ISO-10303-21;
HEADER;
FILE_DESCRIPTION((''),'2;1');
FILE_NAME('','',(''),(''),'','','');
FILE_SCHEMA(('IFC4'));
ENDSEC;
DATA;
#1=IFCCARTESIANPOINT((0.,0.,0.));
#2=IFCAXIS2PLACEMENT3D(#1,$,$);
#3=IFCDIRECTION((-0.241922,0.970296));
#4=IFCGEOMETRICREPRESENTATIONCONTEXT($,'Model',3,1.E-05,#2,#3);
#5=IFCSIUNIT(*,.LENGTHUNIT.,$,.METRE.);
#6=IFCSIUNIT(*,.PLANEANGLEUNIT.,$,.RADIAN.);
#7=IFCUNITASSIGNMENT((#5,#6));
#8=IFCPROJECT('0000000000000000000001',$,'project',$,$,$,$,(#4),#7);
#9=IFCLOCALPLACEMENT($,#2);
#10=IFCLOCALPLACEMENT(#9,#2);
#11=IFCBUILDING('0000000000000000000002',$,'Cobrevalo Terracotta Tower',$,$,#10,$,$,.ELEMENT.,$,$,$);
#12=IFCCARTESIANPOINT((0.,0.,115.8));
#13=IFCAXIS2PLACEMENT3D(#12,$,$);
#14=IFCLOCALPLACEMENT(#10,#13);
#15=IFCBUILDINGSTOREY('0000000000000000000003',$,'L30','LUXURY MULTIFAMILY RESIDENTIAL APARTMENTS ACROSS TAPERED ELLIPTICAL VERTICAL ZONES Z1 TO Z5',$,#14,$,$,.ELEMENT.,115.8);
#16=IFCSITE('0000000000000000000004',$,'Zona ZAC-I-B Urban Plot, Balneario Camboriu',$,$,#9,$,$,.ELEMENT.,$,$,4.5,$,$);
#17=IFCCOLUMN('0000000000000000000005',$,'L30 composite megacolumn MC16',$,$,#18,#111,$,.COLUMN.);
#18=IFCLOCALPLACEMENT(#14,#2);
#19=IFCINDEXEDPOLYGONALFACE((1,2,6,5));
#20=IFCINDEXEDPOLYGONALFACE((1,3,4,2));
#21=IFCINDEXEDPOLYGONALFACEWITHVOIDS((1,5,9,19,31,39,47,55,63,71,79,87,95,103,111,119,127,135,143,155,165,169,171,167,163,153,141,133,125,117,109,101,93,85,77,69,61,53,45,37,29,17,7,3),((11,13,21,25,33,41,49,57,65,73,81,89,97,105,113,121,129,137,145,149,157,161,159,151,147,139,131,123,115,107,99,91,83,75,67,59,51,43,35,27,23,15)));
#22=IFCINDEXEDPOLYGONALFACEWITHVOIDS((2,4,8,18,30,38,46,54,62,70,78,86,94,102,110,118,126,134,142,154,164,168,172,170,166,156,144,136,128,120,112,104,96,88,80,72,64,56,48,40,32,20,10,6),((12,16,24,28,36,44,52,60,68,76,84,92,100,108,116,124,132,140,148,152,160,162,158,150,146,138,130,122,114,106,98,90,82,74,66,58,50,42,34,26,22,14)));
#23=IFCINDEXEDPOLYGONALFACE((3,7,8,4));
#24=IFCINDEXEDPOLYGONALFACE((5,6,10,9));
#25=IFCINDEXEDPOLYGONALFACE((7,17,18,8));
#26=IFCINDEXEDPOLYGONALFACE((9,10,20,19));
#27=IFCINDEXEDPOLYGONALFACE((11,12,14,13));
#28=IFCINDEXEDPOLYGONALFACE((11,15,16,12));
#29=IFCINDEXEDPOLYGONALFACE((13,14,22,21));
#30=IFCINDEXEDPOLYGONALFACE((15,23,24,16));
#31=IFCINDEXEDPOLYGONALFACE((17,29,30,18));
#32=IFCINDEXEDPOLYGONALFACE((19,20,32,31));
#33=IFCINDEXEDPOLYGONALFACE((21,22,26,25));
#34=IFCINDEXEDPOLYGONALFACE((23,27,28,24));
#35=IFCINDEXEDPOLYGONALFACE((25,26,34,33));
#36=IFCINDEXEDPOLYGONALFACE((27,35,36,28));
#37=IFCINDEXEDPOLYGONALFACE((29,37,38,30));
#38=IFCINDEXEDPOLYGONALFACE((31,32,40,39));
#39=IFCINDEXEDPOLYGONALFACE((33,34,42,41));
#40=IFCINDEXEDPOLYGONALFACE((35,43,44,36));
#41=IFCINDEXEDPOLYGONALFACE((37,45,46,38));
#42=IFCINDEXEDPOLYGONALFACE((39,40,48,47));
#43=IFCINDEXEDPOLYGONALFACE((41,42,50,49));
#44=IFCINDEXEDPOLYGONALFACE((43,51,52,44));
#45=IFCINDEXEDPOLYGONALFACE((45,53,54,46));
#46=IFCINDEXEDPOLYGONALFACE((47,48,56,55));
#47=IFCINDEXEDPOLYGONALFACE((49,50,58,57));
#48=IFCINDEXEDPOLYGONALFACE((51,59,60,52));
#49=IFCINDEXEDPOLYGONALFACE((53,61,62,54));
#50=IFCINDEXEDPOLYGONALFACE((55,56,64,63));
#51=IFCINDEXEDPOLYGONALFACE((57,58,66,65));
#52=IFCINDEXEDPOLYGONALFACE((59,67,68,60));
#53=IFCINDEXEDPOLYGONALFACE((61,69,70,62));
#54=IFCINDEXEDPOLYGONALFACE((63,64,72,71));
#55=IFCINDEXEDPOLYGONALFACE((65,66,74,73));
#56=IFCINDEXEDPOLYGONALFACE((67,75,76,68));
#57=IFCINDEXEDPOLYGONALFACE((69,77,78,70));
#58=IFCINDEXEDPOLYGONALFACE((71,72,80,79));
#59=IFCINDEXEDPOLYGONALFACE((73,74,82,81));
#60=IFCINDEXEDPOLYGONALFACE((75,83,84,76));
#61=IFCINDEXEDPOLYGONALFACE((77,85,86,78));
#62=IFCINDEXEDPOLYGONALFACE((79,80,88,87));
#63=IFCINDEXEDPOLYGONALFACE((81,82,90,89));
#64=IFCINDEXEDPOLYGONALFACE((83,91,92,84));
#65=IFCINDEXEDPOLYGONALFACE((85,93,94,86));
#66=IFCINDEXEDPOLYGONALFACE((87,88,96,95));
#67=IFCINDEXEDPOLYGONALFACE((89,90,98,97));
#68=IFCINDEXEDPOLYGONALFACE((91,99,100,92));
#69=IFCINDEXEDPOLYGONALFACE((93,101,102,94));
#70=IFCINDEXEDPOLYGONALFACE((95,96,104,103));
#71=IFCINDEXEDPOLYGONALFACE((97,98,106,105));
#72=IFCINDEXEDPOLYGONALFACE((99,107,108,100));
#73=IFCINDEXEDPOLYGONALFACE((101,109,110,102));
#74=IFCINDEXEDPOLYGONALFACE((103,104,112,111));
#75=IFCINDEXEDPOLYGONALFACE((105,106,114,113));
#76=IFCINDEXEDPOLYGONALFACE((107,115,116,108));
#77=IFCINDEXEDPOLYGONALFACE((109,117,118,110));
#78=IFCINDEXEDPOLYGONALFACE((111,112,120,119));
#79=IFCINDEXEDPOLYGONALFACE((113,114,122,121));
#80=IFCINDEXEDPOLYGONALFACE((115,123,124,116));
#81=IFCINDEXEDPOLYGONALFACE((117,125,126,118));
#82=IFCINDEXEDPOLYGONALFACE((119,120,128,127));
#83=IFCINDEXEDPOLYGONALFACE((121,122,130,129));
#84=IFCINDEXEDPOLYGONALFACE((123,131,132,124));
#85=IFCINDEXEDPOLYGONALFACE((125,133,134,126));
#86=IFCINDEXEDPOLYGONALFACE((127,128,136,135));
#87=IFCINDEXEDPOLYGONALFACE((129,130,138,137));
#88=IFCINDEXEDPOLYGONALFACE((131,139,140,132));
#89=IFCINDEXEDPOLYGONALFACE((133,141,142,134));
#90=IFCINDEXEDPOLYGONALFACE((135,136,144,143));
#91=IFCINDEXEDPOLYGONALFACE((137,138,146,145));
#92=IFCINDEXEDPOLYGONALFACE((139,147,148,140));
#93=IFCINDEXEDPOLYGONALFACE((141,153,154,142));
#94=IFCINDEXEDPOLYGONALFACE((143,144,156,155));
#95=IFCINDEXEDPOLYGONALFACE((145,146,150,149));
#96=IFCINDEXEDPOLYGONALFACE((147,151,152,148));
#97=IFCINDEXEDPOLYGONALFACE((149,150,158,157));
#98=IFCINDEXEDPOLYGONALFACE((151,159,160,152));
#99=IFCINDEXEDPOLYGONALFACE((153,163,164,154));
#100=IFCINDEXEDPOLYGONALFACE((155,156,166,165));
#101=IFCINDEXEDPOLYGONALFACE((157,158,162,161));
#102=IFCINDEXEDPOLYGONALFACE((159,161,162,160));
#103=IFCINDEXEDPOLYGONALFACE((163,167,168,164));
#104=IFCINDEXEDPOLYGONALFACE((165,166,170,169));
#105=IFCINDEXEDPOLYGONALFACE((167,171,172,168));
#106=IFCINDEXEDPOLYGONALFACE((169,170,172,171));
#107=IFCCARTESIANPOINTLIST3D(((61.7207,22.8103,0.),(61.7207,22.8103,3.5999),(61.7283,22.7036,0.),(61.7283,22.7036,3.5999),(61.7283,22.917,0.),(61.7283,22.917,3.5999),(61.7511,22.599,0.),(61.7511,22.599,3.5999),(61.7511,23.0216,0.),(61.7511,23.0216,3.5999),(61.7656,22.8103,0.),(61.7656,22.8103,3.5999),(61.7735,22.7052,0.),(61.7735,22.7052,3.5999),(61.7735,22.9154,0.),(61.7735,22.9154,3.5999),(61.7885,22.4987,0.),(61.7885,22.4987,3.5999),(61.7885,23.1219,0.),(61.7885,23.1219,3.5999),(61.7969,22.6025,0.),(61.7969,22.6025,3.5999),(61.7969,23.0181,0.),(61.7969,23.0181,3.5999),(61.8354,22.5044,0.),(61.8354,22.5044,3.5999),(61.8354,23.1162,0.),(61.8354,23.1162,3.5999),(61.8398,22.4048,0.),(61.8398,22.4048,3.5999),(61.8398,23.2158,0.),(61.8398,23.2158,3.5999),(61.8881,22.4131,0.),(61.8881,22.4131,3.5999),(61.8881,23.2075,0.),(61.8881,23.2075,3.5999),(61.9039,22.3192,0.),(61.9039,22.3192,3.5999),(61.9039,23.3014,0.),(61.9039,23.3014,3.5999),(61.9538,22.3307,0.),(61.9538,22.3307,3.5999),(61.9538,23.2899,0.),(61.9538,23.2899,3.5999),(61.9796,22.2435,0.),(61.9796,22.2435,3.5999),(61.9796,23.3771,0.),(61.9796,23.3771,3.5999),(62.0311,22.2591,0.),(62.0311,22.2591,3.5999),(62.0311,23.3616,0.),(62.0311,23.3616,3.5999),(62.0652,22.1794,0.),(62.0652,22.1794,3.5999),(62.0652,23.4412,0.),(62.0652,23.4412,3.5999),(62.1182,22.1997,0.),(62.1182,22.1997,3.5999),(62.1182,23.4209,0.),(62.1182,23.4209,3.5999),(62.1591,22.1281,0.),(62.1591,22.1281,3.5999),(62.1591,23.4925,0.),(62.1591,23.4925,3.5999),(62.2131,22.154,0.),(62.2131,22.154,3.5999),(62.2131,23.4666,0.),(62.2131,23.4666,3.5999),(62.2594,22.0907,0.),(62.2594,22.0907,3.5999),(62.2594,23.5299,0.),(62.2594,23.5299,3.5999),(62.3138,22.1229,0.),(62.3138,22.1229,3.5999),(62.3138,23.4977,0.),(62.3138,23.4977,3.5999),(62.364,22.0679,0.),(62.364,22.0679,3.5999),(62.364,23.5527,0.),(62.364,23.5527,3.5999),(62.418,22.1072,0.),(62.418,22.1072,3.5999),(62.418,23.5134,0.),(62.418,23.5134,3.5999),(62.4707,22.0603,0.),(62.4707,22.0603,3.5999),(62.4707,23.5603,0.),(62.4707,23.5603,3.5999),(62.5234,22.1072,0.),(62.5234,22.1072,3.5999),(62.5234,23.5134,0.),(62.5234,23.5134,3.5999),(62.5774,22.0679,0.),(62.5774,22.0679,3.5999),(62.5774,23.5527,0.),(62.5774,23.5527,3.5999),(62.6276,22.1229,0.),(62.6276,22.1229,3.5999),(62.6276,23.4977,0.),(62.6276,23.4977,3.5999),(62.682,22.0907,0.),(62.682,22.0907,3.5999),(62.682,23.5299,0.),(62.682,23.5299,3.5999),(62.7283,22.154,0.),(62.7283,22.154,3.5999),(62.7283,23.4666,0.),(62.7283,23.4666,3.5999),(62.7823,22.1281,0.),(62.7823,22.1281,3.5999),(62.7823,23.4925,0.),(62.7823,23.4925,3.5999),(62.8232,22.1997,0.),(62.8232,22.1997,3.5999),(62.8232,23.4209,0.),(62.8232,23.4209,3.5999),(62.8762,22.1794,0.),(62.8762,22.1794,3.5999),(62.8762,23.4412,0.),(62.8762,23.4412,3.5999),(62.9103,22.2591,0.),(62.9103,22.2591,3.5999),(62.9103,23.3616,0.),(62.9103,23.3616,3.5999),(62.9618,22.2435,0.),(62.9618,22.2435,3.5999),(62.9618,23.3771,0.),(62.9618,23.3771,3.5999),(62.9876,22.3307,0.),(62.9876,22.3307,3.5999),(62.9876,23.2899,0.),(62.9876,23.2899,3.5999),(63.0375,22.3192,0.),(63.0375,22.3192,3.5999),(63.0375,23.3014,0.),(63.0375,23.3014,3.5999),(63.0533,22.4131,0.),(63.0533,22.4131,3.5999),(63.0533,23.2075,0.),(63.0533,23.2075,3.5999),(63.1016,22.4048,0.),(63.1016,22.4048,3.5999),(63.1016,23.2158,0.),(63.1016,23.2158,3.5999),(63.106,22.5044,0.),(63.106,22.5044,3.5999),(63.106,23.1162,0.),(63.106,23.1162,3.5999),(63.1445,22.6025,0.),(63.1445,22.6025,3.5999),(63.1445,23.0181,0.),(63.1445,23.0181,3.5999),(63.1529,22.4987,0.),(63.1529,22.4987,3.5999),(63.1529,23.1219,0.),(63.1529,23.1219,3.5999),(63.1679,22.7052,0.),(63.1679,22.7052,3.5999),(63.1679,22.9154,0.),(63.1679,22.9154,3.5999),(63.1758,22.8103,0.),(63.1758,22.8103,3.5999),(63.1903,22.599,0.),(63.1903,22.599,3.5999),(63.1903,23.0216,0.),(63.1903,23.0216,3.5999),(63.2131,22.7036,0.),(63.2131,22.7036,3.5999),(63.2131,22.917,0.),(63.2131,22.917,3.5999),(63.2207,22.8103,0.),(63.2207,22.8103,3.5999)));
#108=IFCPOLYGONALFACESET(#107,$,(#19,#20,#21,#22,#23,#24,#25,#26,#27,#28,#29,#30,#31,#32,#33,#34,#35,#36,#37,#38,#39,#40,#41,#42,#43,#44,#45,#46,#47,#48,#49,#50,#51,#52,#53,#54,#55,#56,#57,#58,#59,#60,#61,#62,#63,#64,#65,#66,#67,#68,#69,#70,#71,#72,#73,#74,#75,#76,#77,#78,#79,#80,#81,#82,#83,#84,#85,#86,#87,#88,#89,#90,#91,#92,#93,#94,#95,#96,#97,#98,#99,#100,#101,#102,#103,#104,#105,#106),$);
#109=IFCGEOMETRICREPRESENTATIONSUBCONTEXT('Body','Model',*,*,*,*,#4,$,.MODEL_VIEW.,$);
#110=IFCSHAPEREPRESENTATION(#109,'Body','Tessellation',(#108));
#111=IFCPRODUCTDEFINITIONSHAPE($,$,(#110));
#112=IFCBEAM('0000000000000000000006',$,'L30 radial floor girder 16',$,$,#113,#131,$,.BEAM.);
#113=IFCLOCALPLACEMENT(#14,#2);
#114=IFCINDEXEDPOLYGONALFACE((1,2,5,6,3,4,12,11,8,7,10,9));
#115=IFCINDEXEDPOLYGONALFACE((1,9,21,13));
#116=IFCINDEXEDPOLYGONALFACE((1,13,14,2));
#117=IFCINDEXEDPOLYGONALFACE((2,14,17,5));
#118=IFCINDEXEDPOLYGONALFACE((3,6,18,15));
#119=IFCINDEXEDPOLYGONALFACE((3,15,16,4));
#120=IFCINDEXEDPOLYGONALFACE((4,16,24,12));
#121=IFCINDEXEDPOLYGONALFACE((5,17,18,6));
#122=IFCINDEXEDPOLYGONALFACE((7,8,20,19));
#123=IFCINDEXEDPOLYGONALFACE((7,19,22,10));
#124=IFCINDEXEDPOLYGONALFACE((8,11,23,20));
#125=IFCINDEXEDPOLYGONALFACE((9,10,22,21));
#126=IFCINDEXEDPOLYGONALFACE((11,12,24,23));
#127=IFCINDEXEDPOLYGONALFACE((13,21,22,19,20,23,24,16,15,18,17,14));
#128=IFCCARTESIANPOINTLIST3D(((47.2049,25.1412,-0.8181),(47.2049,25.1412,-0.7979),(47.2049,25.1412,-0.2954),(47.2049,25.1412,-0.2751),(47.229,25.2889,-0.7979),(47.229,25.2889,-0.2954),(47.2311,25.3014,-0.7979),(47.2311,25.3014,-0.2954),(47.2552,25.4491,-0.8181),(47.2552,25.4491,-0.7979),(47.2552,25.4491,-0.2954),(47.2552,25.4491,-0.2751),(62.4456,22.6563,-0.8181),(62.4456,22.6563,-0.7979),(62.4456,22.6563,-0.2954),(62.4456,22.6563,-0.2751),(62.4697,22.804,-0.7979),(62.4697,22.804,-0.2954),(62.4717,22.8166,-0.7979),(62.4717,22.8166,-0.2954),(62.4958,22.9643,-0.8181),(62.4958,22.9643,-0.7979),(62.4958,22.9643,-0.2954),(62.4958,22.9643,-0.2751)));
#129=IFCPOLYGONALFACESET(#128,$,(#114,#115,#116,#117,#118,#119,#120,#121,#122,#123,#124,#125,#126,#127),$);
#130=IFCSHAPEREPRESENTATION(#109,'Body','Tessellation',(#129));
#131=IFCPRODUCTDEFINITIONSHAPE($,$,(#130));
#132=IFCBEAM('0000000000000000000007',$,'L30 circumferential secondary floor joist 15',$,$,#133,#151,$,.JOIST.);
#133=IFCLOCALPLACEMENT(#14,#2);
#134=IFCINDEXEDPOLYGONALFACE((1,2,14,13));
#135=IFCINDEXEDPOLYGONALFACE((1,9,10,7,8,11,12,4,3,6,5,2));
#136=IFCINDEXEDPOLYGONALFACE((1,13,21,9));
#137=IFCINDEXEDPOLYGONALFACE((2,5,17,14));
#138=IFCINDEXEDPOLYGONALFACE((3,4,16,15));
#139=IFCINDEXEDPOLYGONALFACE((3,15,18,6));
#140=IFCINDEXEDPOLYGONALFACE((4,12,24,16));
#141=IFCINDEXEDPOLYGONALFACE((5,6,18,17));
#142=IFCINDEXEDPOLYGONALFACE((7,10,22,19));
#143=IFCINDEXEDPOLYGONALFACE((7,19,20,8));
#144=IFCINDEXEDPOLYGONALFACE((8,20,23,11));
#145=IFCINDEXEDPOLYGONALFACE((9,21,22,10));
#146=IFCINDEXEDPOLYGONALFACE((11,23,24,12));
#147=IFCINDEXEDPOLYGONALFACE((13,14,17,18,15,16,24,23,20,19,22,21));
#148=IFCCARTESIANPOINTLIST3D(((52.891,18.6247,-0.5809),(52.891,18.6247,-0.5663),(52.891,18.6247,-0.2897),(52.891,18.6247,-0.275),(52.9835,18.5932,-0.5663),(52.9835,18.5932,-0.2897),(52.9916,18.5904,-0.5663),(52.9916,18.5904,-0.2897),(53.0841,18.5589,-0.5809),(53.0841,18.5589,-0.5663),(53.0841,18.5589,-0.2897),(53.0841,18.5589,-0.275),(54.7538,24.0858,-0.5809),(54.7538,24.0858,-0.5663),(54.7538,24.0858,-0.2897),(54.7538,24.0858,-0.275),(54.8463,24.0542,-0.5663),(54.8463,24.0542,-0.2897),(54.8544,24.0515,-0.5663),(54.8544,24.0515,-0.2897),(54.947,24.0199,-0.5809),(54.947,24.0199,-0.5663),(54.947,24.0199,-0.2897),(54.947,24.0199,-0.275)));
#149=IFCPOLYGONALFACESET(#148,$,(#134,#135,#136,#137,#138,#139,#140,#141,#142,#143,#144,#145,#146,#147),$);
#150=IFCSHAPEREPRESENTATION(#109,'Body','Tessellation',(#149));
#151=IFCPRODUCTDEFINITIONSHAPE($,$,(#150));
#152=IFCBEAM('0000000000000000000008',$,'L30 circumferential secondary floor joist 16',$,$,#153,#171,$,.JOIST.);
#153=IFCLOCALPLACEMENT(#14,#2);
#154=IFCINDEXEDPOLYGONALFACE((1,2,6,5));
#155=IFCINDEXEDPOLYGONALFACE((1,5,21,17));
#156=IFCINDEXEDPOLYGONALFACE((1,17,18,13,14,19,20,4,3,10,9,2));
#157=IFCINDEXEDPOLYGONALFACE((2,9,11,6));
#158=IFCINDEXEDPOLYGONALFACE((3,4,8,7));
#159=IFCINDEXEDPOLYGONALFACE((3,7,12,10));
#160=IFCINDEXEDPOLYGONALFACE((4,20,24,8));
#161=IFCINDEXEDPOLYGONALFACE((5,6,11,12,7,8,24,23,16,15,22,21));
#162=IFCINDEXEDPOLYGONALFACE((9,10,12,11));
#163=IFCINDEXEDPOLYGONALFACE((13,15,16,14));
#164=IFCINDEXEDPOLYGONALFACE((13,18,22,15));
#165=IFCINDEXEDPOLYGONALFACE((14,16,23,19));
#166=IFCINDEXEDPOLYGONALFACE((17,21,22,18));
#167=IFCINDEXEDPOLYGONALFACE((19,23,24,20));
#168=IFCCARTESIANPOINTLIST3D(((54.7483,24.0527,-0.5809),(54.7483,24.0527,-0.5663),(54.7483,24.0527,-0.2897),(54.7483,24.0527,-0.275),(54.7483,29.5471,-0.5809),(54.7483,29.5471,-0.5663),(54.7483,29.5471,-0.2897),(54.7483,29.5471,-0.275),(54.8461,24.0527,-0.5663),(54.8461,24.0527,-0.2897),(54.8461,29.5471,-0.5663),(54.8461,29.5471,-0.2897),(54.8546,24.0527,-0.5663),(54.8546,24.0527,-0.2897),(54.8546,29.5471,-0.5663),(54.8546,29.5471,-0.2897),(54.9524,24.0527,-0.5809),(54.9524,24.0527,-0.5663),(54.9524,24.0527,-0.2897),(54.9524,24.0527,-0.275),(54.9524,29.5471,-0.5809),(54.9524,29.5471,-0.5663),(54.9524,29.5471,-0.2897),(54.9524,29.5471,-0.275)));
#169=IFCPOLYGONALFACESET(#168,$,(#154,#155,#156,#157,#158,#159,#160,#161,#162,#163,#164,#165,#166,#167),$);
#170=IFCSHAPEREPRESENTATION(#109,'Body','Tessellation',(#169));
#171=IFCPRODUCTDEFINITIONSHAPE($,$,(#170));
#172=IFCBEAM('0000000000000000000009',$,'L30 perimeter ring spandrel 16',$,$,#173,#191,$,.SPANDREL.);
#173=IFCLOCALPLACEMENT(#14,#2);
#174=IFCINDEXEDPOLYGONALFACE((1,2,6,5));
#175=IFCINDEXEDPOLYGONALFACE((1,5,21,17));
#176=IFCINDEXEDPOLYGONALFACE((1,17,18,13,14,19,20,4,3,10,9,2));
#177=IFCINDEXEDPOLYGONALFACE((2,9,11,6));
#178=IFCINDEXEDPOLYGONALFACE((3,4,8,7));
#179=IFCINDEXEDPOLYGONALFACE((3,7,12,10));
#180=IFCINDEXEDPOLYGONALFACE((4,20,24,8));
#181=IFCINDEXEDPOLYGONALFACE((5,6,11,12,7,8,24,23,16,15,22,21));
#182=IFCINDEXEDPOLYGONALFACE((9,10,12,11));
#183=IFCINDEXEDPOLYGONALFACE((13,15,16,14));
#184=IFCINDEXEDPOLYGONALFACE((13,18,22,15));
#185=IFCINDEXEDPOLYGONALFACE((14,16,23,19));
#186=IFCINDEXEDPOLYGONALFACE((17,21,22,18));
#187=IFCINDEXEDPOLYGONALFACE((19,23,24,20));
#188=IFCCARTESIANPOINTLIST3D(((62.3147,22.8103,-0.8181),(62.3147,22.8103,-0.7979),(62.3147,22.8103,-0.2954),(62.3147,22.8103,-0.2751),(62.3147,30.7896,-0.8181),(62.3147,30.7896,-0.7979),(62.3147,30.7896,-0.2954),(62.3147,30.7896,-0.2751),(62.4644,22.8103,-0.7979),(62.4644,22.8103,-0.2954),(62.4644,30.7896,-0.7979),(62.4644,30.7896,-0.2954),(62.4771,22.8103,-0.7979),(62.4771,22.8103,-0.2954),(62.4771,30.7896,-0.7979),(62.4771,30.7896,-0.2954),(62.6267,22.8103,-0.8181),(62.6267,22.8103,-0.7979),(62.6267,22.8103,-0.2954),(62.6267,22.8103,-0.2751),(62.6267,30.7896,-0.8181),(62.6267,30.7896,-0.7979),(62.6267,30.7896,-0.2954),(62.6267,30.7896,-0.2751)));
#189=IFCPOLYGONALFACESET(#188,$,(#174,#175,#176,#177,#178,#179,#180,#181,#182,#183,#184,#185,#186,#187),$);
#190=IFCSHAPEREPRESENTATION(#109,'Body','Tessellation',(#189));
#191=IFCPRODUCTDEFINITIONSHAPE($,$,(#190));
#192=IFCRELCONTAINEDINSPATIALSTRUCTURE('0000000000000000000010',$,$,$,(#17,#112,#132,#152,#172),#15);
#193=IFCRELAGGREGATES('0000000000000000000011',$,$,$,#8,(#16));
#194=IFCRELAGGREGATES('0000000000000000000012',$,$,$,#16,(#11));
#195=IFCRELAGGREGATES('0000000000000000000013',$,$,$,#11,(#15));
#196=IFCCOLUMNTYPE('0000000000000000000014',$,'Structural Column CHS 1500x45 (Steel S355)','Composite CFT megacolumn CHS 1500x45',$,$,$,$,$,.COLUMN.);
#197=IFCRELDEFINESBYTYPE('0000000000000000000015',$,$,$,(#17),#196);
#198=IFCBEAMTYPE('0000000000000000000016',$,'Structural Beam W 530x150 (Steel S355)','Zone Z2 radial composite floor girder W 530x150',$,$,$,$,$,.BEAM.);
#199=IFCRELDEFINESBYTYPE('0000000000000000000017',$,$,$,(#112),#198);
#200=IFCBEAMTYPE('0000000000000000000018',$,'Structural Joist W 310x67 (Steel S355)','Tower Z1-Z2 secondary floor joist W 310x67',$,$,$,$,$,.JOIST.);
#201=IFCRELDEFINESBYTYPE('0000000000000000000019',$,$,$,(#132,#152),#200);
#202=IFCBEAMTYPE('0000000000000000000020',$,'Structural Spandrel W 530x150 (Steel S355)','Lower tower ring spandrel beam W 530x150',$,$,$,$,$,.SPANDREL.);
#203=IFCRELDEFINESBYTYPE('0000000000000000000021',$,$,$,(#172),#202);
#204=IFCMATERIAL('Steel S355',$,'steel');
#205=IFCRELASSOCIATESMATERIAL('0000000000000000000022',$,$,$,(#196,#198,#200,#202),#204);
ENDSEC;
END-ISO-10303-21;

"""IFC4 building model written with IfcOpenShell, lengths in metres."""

from ifc_helpers import new_model, si_unit, direction, frame, origin, origin_2d, place, context, subcontext, project, spatial, hollow_circle, i_section, extrude, material, material_profile, profile_set, type_object, element, save


model = new_model("IFC4")

# Units and contexts
model_context = context("Model", 3, precision=1e-05, world=origin(), true_north=direction((-0.241922, 0.970296)))
body_context = subcontext(model_context, "Body", "Model", "MODEL_VIEW")
ifc_project = project(units=[si_unit("LENGTHUNIT", "METRE"), si_unit("PLANEANGLEUNIT", "RADIAN")], contexts=[model_context])

# Site, building, storey
site_placement = place(None, origin())
site = spatial("IfcSite", under=ifc_project, at=site_placement, Name="Zona ZAC-I-B Urban Plot, Balneario Camboriu", CompositionType="ELEMENT", RefElevation=4.5)
building_placement = place(site_placement, origin())
building = spatial("IfcBuilding", under=site, at=building_placement, Name="Cobrevalo Terracotta Tower", CompositionType="ELEMENT")
storey_placement = place(building_placement, frame((0.0, 0.0, 115.8)))
storey = spatial("IfcBuildingStorey", under=building, at=storey_placement, Name="L30", Description="LUXURY MULTIFAMILY RESIDENTIAL APARTMENTS ACROSS TAPERED ELLIPTICAL VERTICAL ZONES Z1 TO Z5", CompositionType="ELEMENT", Elevation=115.8)

# Column
ifc_material_1 = material(Name="Steel S355", Category="steel")
ifc_material_profile_1 = material_profile(ifc_material_1, hollow_circle(Radius=0.75, WallThickness=0.0449, at=origin_2d()), Name="CHS 1500x45")
ifc_profile_set_1 = profile_set([ifc_material_profile_1], Name="Steel S355")
column_type = type_object("IfcColumnType", Name="Structural Column CHS 1500x45 (Steel S355)", Description="Composite CFT megacolumn CHS 1500x45", PredefinedType="COLUMN", material=ifc_profile_set_1)
column_placement = place(storey_placement, frame((62.4707, 22.8103, 0.0), z_axis=(0.0, 0.0, 1.0), x_axis=(1.0, 0.0, 0.0)))
element("IfcColumn", 1, at=column_placement, inside=storey, type_object=column_type, Name="L30 composite megacolumn MC16", PredefinedType="COLUMN", context=body_context, shape_type="SweptSolid", body=[
    extrude(hollow_circle(Radius=0.75, WallThickness=0.0449, at=origin_2d()), origin(), (0.0, 0.0, 1.0), 3.5999),
])

# Beams
ifc_material_profile_2 = material_profile(ifc_material_1, i_section(OverallWidth=0.312, OverallDepth=0.543, WebThickness=0.0127, FlangeThickness=0.0203, at=origin_2d()), Name="W 530x150")
ifc_profile_set_2 = profile_set([ifc_material_profile_2], Name="Steel S355")
beam_type_1 = type_object("IfcBeamType", Name="Structural Beam W 530x150 (Steel S355)", Description="Zone Z2 radial composite floor girder W 530x150", PredefinedType="BEAM", material=ifc_profile_set_2)
beam_1_placement = place(storey_placement, frame((62.4707, 22.8103, -0.5466), z_axis=(-0.986968, 0.160916, 0.0), x_axis=(-0.160916, -0.986968, 0.0)))
element("IfcBeam", 2, at=beam_1_placement, inside=storey, type_object=beam_type_1, Name="L30 radial floor girder 16", PredefinedType="BEAM", context=body_context, shape_type="SweptSolid", body=[
    extrude(i_section(OverallWidth=0.312, OverallDepth=0.543, WebThickness=0.0127, FlangeThickness=0.0203, at=origin_2d()), origin(), (0.0, 0.0, 1.0), 15.4419),
])
ifc_material_profile_3 = material_profile(ifc_material_1, i_section(OverallWidth=0.2041, OverallDepth=0.3059, WebThickness=0.0085, FlangeThickness=0.0146, at=origin_2d()), Name="W 310x67")
ifc_profile_set_3 = profile_set([ifc_material_profile_3], Name="Steel S355")
beam_type_2 = type_object("IfcBeamType", Name="Structural Joist W 310x67 (Steel S355)", Description="Tower Z1-Z2 secondary floor joist W 310x67", PredefinedType="JOIST", material=ifc_profile_set_3)
beam_2_placement = place(storey_placement, frame((52.9875, 18.5918, -0.428), z_axis=(0.322846, 0.946451, 0.0), x_axis=(-0.946451, 0.322846, 0.0)))
element("IfcBeam", 3, at=beam_2_placement, inside=storey, type_object=beam_type_2, Name="L30 circumferential secondary floor joist 15", PredefinedType="JOIST", context=body_context, shape_type="SweptSolid", body=[
    extrude(i_section(OverallWidth=0.2041, OverallDepth=0.3059, WebThickness=0.0085, FlangeThickness=0.0146, at=origin_2d()), origin(), (0.0, 0.0, 1.0), 5.77),
])
beam_3_placement = place(storey_placement, frame((54.8503, 24.0527, -0.428), z_axis=(0.0, 1.0, 0.0), x_axis=(-1.0, 0.0, 0.0)))
element("IfcBeam", 4, at=beam_3_placement, inside=storey, type_object=beam_type_2, Name="L30 circumferential secondary floor joist 16", PredefinedType="JOIST", context=body_context, shape_type="SweptSolid", body=[
    extrude(i_section(OverallWidth=0.2041, OverallDepth=0.3059, WebThickness=0.0085, FlangeThickness=0.0146, at=origin_2d()), origin(), (0.0, 0.0, 1.0), 5.4944),
])
ifc_material_profile_4 = material_profile(ifc_material_1, i_section(OverallWidth=0.312, OverallDepth=0.543, WebThickness=0.0127, FlangeThickness=0.0203, at=origin_2d()), Name="W 530x150")
ifc_profile_set_4 = profile_set([ifc_material_profile_4], Name="Steel S355")
beam_type_3 = type_object("IfcBeamType", Name="Structural Spandrel W 530x150 (Steel S355)", Description="Lower tower ring spandrel beam W 530x150", PredefinedType="SPANDREL", material=ifc_profile_set_4)
beam_4_placement = place(storey_placement, frame((62.4707, 22.8103, -0.5466), z_axis=(0.0, 1.0, 0.0), x_axis=(-1.0, 0.0, 0.0)))
element("IfcBeam", 5, at=beam_4_placement, inside=storey, type_object=beam_type_3, Name="L30 perimeter ring spandrel 16", PredefinedType="SPANDREL", context=body_context, shape_type="SweptSolid", body=[
    extrude(i_section(OverallWidth=0.312, OverallDepth=0.543, WebThickness=0.0127, FlangeThickness=0.0203, at=origin_2d()), origin(), (0.0, 0.0, 1.0), 7.9792),
])

save(model, "model.ifc")
